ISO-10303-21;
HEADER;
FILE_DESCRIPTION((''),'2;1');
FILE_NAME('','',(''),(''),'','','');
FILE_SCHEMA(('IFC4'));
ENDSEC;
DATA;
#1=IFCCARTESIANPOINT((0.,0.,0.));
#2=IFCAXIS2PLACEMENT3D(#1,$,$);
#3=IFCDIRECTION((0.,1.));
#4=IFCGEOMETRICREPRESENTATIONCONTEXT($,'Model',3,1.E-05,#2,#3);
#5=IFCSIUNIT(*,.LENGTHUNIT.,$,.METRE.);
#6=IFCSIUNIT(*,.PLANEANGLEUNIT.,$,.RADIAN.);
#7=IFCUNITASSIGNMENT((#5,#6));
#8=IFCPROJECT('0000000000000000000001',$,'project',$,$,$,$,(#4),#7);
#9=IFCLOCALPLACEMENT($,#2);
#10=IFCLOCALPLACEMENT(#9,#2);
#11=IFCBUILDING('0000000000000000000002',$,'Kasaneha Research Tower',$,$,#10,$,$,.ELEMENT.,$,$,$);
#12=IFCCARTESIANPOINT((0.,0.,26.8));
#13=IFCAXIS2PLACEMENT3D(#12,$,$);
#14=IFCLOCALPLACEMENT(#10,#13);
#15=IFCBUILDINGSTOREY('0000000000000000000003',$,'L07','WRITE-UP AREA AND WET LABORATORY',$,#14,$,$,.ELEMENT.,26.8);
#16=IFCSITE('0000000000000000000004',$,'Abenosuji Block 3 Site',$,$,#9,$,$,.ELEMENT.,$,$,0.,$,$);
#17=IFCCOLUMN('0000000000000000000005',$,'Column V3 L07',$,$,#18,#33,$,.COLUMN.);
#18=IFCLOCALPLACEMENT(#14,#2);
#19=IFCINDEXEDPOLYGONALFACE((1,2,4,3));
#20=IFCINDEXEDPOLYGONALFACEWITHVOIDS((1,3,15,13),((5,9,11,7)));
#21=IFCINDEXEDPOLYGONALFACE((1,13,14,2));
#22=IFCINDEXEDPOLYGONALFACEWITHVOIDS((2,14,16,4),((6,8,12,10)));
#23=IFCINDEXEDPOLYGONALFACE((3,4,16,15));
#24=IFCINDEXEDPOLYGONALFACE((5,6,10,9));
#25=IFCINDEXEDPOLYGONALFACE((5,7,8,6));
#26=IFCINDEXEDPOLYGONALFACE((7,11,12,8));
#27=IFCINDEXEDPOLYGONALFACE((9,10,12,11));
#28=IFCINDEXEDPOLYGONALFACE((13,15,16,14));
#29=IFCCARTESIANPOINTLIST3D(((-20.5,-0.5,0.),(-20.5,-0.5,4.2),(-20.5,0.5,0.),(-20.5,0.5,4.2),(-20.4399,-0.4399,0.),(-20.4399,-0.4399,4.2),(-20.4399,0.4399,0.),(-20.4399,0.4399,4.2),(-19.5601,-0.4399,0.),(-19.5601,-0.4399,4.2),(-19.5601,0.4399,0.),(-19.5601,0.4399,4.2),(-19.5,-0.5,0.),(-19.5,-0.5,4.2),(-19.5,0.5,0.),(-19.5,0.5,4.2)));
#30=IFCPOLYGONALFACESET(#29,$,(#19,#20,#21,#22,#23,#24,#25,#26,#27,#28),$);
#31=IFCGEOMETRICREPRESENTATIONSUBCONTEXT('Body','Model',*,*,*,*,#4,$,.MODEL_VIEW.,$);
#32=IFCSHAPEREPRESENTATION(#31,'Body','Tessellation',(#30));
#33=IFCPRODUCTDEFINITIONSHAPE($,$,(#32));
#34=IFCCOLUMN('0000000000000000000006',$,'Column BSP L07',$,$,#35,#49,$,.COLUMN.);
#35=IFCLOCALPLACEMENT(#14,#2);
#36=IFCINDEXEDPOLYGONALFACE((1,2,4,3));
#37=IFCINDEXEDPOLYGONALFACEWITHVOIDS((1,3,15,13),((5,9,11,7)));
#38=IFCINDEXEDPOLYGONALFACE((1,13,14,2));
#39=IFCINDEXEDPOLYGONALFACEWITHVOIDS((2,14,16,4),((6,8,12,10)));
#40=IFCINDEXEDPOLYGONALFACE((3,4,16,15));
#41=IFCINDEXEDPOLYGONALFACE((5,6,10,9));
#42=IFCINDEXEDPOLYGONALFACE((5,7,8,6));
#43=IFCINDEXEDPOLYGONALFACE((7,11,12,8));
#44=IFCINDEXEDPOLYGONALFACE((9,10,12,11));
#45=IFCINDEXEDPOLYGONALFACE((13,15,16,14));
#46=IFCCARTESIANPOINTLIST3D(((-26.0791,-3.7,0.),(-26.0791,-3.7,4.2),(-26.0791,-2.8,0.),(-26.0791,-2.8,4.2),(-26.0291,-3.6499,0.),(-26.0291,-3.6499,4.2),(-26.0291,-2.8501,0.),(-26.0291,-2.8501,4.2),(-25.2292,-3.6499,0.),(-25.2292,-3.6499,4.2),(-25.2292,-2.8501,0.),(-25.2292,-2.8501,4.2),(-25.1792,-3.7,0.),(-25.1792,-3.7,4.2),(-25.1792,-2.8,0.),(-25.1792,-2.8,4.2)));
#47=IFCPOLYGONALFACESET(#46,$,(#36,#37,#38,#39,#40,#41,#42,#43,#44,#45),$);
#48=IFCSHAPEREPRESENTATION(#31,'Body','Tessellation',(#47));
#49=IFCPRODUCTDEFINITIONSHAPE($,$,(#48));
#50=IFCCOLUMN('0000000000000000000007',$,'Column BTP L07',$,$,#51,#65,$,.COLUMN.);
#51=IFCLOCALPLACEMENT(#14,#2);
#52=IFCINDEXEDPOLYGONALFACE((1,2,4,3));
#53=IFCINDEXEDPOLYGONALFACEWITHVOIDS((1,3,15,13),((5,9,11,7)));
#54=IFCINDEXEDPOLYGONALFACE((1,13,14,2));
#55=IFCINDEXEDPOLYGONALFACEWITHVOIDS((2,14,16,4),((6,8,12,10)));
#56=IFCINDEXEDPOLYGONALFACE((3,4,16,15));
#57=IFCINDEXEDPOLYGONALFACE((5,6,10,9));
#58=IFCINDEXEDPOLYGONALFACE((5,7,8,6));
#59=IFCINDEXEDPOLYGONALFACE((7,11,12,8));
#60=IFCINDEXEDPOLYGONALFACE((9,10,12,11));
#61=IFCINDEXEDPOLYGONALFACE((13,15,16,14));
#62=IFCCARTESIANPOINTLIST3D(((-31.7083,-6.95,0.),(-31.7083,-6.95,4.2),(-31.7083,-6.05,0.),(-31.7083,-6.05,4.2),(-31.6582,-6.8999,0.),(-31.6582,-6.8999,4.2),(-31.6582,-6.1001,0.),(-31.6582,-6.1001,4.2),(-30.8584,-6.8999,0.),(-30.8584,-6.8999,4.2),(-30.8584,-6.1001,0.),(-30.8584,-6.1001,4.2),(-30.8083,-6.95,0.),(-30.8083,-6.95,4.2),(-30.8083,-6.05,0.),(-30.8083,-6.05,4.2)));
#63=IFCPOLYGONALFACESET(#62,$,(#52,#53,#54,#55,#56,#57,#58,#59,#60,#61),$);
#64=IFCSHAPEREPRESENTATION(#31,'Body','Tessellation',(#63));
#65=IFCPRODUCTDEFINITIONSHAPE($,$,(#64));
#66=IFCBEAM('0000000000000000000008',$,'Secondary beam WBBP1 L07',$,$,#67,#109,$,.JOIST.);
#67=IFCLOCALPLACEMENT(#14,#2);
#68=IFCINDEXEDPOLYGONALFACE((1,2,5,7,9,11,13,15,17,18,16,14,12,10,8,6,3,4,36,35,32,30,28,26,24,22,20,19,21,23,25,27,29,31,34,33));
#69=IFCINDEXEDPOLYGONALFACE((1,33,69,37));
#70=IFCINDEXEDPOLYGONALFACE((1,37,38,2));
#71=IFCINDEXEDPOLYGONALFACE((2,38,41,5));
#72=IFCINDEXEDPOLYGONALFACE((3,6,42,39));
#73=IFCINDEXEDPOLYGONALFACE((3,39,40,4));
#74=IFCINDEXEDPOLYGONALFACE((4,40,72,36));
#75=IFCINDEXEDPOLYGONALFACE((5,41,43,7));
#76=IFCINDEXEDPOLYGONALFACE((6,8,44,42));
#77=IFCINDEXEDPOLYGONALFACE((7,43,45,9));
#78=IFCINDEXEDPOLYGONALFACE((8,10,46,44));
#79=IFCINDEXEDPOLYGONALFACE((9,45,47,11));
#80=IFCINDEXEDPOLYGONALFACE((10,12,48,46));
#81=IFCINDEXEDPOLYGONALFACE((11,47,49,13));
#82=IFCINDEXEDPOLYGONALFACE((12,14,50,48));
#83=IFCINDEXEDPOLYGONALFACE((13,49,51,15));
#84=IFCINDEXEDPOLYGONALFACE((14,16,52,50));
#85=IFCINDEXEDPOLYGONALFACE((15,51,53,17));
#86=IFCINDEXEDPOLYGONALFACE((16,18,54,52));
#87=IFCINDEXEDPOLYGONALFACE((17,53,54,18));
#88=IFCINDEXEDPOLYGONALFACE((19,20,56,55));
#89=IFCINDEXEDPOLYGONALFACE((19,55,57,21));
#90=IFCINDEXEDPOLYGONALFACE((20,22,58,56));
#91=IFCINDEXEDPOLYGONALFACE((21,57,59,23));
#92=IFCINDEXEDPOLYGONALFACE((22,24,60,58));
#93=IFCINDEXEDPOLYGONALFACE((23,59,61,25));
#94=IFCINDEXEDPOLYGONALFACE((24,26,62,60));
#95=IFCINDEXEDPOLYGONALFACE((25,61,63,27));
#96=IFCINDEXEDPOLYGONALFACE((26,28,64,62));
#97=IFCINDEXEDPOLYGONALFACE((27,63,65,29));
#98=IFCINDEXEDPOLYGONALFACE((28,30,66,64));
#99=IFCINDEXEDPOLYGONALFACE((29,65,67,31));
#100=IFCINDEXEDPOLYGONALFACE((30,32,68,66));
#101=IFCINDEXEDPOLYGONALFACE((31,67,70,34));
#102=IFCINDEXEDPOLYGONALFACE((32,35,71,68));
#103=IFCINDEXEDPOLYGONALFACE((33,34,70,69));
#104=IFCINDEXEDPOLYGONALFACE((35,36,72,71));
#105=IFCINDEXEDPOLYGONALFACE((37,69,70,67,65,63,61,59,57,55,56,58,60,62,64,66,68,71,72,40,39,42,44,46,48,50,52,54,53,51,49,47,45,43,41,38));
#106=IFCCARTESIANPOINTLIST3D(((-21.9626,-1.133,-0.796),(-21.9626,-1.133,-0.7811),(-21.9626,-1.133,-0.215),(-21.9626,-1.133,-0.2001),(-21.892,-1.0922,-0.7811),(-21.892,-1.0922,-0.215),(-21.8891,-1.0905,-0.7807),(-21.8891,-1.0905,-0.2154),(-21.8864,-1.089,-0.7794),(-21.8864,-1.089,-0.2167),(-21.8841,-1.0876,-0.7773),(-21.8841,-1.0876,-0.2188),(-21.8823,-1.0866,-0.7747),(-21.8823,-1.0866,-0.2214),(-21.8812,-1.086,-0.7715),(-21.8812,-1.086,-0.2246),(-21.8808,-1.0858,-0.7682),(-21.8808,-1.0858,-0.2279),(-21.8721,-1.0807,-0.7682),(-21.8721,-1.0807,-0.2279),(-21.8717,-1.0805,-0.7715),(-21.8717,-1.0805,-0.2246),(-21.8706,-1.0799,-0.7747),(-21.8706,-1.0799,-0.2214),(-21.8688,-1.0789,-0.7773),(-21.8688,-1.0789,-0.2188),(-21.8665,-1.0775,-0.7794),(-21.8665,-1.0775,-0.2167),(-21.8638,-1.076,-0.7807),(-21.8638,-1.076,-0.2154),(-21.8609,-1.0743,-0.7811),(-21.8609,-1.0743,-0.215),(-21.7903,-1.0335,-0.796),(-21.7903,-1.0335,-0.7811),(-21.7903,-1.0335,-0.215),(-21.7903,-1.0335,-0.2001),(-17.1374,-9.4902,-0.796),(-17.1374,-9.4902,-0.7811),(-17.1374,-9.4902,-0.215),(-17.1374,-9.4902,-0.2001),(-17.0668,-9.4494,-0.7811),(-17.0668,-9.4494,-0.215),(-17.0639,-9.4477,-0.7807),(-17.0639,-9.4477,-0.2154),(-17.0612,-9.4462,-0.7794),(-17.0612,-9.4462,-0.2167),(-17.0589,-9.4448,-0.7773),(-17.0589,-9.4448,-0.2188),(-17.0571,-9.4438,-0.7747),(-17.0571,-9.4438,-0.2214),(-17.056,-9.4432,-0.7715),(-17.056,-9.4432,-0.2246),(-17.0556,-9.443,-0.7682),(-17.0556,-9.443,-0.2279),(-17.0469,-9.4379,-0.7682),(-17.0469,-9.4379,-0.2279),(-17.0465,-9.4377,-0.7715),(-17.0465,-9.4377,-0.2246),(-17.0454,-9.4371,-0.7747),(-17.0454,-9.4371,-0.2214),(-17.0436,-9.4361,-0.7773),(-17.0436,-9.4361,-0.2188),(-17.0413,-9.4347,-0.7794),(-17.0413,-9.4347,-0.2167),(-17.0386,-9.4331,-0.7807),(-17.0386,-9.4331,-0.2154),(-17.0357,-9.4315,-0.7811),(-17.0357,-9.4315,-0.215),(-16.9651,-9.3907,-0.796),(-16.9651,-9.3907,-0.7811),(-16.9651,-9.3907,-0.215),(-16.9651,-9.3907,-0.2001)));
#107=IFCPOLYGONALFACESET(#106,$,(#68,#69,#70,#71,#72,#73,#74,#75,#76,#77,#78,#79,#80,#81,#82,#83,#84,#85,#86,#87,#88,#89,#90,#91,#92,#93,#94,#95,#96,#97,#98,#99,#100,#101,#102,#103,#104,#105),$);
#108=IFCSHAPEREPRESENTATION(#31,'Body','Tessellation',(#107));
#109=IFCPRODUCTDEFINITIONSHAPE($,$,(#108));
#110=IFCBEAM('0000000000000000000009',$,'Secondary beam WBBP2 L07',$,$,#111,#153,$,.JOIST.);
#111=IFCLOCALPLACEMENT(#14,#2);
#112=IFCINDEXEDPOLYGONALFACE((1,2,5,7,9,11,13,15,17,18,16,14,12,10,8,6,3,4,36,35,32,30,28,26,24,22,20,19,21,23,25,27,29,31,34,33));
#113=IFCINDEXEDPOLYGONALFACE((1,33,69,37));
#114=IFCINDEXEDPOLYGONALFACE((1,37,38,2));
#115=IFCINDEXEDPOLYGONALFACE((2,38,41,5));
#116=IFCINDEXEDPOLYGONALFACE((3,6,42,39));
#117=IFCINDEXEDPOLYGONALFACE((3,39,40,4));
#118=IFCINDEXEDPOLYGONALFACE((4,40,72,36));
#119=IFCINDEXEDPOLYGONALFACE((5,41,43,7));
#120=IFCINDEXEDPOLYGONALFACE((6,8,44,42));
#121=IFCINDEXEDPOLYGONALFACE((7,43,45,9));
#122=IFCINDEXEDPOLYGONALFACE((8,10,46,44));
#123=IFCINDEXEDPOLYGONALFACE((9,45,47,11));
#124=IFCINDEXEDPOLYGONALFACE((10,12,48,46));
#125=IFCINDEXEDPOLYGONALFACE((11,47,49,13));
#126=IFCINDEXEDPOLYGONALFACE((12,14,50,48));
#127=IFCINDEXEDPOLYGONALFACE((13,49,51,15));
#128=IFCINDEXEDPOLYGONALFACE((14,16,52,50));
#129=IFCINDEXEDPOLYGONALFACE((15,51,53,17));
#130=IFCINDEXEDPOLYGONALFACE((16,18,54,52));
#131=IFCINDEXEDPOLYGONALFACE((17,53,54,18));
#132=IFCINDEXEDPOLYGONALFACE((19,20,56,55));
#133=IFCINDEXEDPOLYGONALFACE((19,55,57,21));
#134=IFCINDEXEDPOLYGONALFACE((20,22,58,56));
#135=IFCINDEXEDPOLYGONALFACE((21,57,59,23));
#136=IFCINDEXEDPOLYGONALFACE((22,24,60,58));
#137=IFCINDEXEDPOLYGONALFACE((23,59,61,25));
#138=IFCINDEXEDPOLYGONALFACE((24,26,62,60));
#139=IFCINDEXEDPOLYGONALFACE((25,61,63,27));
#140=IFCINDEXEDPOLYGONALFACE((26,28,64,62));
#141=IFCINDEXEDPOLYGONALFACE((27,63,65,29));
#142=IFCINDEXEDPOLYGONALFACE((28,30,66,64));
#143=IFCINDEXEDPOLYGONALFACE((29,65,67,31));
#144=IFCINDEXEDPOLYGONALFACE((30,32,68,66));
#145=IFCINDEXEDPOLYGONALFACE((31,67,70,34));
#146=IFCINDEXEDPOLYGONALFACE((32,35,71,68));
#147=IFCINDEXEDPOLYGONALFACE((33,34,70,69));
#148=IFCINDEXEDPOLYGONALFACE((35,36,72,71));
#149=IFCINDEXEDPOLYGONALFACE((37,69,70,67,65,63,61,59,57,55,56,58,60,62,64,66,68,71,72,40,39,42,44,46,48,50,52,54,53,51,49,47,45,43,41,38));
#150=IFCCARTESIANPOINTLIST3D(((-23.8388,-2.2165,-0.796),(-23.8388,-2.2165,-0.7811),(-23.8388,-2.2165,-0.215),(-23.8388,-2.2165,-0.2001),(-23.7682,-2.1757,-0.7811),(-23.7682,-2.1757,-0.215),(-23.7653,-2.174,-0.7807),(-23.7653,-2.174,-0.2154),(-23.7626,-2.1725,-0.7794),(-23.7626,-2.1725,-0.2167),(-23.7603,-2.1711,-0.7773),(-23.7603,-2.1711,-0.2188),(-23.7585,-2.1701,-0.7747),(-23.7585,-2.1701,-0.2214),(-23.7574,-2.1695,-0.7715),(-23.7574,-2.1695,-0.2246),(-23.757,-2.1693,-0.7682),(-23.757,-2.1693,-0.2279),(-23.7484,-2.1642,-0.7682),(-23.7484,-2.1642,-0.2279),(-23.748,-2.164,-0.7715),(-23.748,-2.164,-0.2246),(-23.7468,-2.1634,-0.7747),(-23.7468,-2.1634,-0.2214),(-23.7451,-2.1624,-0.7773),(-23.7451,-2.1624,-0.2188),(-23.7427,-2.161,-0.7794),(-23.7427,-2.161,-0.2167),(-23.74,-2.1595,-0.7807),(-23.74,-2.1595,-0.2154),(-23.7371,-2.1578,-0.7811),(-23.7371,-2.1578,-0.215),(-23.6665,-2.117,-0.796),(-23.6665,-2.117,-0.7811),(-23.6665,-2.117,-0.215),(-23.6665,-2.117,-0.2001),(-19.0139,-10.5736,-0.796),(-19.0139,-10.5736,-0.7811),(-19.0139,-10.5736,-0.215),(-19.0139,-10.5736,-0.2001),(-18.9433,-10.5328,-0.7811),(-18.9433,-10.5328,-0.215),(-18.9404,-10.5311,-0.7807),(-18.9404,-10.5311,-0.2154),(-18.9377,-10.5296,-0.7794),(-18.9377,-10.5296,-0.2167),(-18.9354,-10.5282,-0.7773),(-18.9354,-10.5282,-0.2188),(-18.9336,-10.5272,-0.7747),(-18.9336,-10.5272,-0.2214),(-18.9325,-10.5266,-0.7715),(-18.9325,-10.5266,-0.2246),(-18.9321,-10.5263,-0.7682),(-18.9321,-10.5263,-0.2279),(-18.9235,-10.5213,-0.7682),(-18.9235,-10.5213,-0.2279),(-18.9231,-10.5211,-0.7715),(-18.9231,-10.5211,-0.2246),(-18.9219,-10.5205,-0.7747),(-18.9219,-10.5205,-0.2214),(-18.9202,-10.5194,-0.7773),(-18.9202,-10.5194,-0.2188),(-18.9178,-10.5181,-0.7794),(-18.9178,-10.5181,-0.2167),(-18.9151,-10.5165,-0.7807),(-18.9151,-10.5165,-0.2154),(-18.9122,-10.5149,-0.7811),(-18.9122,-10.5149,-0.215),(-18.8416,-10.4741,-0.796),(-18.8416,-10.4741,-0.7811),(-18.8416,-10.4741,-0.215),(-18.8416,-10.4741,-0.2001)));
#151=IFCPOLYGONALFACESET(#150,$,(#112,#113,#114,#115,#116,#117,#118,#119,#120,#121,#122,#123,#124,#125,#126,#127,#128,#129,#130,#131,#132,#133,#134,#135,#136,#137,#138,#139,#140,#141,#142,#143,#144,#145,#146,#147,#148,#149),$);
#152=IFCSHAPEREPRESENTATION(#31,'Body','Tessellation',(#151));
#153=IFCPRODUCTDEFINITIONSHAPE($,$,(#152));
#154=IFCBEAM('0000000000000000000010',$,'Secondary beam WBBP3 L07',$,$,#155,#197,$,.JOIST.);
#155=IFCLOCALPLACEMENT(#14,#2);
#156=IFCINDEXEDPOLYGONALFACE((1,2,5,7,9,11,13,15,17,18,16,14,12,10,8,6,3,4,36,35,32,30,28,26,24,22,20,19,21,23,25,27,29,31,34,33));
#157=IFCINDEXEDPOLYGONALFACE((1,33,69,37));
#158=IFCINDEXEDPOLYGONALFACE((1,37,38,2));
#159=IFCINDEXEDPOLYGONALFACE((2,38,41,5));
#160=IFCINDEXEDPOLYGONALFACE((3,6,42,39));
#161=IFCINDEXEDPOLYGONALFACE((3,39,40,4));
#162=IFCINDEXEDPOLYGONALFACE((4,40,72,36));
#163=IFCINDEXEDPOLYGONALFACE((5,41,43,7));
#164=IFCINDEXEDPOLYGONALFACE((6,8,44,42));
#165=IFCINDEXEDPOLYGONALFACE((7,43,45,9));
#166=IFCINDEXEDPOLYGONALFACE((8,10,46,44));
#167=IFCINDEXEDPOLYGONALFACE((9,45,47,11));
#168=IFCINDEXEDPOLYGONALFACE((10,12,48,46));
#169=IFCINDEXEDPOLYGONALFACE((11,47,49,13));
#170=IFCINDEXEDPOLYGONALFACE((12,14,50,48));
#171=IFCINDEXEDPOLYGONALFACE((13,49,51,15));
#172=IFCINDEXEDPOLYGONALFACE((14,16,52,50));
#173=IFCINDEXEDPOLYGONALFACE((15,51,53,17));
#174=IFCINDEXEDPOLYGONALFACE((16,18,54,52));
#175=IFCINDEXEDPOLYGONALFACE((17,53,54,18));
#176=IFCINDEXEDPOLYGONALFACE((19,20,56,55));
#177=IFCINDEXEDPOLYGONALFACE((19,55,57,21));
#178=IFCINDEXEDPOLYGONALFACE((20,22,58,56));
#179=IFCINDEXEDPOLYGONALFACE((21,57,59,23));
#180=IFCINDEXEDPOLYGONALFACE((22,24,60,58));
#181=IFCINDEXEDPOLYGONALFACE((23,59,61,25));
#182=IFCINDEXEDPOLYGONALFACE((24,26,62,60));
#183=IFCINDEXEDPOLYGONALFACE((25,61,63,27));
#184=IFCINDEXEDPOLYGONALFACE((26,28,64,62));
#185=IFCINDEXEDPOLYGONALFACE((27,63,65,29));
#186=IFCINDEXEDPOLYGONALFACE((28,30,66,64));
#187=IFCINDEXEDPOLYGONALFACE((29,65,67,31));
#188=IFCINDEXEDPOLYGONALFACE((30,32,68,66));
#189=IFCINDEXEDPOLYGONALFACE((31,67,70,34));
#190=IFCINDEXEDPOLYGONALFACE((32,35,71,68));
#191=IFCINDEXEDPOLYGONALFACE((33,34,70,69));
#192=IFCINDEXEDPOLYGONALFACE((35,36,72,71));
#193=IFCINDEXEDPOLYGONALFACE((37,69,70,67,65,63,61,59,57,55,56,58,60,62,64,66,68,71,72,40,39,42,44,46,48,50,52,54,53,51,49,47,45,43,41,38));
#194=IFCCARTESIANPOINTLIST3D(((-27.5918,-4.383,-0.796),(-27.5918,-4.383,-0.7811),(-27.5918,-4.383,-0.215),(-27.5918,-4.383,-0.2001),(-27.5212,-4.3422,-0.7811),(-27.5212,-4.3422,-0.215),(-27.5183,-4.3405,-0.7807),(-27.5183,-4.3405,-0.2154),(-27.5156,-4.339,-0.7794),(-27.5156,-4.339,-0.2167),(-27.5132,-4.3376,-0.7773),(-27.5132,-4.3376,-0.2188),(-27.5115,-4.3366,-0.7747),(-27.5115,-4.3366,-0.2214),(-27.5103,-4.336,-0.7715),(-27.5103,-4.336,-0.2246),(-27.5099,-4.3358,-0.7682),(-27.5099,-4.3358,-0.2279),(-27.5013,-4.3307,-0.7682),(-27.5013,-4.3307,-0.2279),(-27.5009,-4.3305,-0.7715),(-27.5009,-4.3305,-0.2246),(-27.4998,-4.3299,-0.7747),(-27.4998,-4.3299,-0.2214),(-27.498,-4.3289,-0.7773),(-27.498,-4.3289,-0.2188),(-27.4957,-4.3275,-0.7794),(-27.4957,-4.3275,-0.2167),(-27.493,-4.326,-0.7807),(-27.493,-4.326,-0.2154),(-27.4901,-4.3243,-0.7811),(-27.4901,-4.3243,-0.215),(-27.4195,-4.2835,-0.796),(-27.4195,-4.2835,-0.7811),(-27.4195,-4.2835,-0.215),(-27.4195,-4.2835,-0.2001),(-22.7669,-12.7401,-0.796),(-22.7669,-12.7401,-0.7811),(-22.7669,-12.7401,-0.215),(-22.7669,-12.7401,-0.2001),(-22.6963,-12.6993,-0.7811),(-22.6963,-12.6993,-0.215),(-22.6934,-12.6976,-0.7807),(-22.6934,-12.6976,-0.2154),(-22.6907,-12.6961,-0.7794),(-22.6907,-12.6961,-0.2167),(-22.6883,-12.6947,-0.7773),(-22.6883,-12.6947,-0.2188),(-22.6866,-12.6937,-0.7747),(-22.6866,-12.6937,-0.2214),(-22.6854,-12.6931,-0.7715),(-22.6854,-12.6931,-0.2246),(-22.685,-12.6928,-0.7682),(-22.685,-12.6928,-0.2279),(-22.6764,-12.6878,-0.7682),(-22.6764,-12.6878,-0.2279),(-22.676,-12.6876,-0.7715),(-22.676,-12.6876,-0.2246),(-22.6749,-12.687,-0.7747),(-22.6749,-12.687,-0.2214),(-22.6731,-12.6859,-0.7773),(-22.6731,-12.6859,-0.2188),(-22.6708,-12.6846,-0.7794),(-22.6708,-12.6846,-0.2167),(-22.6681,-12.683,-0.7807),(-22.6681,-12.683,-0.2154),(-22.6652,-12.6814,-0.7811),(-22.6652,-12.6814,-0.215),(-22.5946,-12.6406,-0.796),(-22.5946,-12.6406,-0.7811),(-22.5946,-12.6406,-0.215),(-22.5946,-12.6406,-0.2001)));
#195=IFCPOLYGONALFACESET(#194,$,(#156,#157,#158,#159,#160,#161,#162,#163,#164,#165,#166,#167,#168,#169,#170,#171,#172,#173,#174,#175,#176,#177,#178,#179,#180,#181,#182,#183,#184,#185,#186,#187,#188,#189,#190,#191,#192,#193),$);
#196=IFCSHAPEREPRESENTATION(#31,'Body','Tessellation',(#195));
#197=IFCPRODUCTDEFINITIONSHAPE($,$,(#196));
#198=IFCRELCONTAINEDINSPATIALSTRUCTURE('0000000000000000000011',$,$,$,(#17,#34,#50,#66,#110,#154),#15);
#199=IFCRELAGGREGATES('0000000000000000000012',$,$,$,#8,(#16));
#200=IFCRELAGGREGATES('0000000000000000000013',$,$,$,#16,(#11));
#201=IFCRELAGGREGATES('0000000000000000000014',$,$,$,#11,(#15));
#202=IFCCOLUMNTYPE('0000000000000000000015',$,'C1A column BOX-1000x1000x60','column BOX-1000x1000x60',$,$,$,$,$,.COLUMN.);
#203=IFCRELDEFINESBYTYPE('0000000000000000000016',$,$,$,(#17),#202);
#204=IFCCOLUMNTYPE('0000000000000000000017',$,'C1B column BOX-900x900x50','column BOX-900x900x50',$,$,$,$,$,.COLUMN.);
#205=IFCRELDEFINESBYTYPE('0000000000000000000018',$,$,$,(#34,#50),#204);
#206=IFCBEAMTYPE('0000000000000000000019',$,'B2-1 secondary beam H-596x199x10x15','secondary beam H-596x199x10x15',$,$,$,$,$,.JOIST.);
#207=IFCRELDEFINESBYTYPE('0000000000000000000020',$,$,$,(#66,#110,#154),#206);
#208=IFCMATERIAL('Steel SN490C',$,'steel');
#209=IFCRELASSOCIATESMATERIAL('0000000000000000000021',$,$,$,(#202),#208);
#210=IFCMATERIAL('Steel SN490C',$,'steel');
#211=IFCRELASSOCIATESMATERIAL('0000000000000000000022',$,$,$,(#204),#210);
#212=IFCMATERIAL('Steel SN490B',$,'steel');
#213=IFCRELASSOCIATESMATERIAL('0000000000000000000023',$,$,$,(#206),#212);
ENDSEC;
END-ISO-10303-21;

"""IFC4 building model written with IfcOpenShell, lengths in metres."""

from ifc_helpers import new_model, si_unit, direction, frame, origin, origin_2d, place, context, subcontext, project, spatial, hollow_rectangle, i_section, extrude, material, material_profile, profile_set, type_object, element, save


model = new_model("IFC4")

# Units and contexts
model_context = context("Model", 3, precision=1e-05, world=origin(), true_north=direction((0.0, 1.0)))
body_context = subcontext(model_context, "Body", "Model", "MODEL_VIEW")
ifc_project = project(units=[si_unit("LENGTHUNIT", "METRE"), si_unit("PLANEANGLEUNIT", "RADIAN")], contexts=[model_context])

# Site, building, storey
site_placement = place(None, origin())
site = spatial("IfcSite", under=ifc_project, at=site_placement, Name="Abenosuji Block 3 Site", CompositionType="ELEMENT", RefElevation=0.0)
building_placement = place(site_placement, origin())
building = spatial("IfcBuilding", under=site, at=building_placement, Name="Kasaneha Research Tower", CompositionType="ELEMENT")
storey_placement = place(building_placement, frame((0.0, 0.0, 26.8)))
storey = spatial("IfcBuildingStorey", under=building, at=storey_placement, Name="L07", Description="WRITE-UP AREA AND WET LABORATORY", CompositionType="ELEMENT", Elevation=26.8)

# Columns
ifc_material_1 = material(Name="Steel SN490C", Category="steel")
ifc_material_profile_1 = material_profile(ifc_material_1, hollow_rectangle(XDim=1.0, YDim=1.0, WallThickness=0.0601, at=origin_2d()), Name="BOX-1000x1000x60")
ifc_profile_set_1 = profile_set([ifc_material_profile_1], Name="Steel SN490C")
column_type_1 = type_object("IfcColumnType", Name="C1A column BOX-1000x1000x60", Description="column BOX-1000x1000x60", PredefinedType="COLUMN", material=ifc_profile_set_1)
column_placement = place(storey_placement, frame((-20.0, 0.0, 0.0), z_axis=(0.0, 0.0, 1.0), x_axis=(1.0, 0.0, 0.0)))
element("IfcColumn", 1, at=column_placement, inside=storey, type_object=column_type_1, Name="Column V3 L07", PredefinedType="COLUMN", context=body_context, shape_type="SweptSolid", body=[
    extrude(hollow_rectangle(XDim=1.0, YDim=1.0, WallThickness=0.0601, at=origin_2d()), origin(), (0.0, 0.0, 1.0), 4.2),
])
ifc_material_2 = material(Name="Steel SN490C", Category="steel")
ifc_material_profile_2 = material_profile(ifc_material_2, hollow_rectangle(XDim=0.8999, YDim=0.8999, WallThickness=0.05, at=origin_2d()), Name="BOX-900x900x50")
ifc_profile_set_2 = profile_set([ifc_material_profile_2], Name="Steel SN490C")
column_type_2 = type_object("IfcColumnType", Name="C1B column BOX-900x900x50", Description="column BOX-900x900x50", PredefinedType="COLUMN", material=ifc_profile_set_2)
for number, where, z_axis, x_axis, name in (
    (2, (-25.6292, -3.25, 0.0), (0.0, 0.0, 1.0), (1.0, 0.0, 0.0), "Column BSP L07"),
    (3, (-31.2583, -6.5, 0.0), (0.0, 0.0, 1.0), (1.0, 0.0, 0.0), "Column BTP L07"),
):
    element("IfcColumn", number, at=place(storey_placement, frame(where, z_axis=z_axis, x_axis=x_axis)), inside=storey, type_object=column_type_2, Name=name, PredefinedType="COLUMN", context=body_context, shape_type="SweptSolid", body=[
        extrude(hollow_rectangle(XDim=0.8999, YDim=0.8999, WallThickness=0.05, at=origin_2d()), origin(), (0.0, 0.0, 1.0), 4.2),
    ])

# Beams
ifc_material_3 = material(Name="Steel SN490B", Category="steel")
ifc_material_profile_3 = material_profile(ifc_material_3, i_section(OverallWidth=0.199, OverallDepth=0.5959, WebThickness=0.01, FlangeThickness=0.0149, FilletRadius=0.0129, at=origin_2d()), Name="H-596x199x10x15")
ifc_profile_set_3 = profile_set([ifc_material_profile_3], Name="Steel SN490B")
beam_type_1 = type_object("IfcBeamType", Name="B2-1 secondary beam H-596x199x10x15", Description="secondary beam H-596x199x10x15", PredefinedType="JOIST", material=ifc_profile_set_3)
beam_1_placement = place(storey_placement, frame((-21.8765, -1.0833, -0.498), z_axis=(0.500014, -0.866017, 0.0), x_axis=(0.866017, 0.500014, 0.0)))
element("IfcBeam", 4, at=beam_1_placement, inside=storey, type_object=beam_type_1, Name="Secondary beam WBBP1 L07", PredefinedType="JOIST", context=body_context, shape_type="SweptSolid", body=[
    extrude(i_section(OverallWidth=0.199, OverallDepth=0.5959, WebThickness=0.01, FlangeThickness=0.0149, FilletRadius=0.0129, at=origin_2d()), origin(), (0.0, 0.0, 1.0), 9.6501),
])
for number, where, z_axis, x_axis, name in (
    (5, (-23.7527, -2.1667, -0.498), (0.499995, -0.866028, 0.0), (0.866028, 0.499995, 0.0), "Secondary beam WBBP2 L07"),
    (6, (-27.5056, -4.3333, -0.498), (0.499995, -0.866028, 0.0), (0.866028, 0.499995, 0.0), "Secondary beam WBBP3 L07"),
):
    element("IfcBeam", number, at=place(storey_placement, frame(where, z_axis=z_axis, x_axis=x_axis)), inside=storey, type_object=beam_type_1, Name=name, PredefinedType="JOIST", context=body_context, shape_type="SweptSolid", body=[
        extrude(i_section(OverallWidth=0.199, OverallDepth=0.5959, WebThickness=0.01, FlangeThickness=0.0149, FilletRadius=0.0129, at=origin_2d()), origin(), (0.0, 0.0, 1.0), 9.6499),
    ])

save(model, "model.ifc")
